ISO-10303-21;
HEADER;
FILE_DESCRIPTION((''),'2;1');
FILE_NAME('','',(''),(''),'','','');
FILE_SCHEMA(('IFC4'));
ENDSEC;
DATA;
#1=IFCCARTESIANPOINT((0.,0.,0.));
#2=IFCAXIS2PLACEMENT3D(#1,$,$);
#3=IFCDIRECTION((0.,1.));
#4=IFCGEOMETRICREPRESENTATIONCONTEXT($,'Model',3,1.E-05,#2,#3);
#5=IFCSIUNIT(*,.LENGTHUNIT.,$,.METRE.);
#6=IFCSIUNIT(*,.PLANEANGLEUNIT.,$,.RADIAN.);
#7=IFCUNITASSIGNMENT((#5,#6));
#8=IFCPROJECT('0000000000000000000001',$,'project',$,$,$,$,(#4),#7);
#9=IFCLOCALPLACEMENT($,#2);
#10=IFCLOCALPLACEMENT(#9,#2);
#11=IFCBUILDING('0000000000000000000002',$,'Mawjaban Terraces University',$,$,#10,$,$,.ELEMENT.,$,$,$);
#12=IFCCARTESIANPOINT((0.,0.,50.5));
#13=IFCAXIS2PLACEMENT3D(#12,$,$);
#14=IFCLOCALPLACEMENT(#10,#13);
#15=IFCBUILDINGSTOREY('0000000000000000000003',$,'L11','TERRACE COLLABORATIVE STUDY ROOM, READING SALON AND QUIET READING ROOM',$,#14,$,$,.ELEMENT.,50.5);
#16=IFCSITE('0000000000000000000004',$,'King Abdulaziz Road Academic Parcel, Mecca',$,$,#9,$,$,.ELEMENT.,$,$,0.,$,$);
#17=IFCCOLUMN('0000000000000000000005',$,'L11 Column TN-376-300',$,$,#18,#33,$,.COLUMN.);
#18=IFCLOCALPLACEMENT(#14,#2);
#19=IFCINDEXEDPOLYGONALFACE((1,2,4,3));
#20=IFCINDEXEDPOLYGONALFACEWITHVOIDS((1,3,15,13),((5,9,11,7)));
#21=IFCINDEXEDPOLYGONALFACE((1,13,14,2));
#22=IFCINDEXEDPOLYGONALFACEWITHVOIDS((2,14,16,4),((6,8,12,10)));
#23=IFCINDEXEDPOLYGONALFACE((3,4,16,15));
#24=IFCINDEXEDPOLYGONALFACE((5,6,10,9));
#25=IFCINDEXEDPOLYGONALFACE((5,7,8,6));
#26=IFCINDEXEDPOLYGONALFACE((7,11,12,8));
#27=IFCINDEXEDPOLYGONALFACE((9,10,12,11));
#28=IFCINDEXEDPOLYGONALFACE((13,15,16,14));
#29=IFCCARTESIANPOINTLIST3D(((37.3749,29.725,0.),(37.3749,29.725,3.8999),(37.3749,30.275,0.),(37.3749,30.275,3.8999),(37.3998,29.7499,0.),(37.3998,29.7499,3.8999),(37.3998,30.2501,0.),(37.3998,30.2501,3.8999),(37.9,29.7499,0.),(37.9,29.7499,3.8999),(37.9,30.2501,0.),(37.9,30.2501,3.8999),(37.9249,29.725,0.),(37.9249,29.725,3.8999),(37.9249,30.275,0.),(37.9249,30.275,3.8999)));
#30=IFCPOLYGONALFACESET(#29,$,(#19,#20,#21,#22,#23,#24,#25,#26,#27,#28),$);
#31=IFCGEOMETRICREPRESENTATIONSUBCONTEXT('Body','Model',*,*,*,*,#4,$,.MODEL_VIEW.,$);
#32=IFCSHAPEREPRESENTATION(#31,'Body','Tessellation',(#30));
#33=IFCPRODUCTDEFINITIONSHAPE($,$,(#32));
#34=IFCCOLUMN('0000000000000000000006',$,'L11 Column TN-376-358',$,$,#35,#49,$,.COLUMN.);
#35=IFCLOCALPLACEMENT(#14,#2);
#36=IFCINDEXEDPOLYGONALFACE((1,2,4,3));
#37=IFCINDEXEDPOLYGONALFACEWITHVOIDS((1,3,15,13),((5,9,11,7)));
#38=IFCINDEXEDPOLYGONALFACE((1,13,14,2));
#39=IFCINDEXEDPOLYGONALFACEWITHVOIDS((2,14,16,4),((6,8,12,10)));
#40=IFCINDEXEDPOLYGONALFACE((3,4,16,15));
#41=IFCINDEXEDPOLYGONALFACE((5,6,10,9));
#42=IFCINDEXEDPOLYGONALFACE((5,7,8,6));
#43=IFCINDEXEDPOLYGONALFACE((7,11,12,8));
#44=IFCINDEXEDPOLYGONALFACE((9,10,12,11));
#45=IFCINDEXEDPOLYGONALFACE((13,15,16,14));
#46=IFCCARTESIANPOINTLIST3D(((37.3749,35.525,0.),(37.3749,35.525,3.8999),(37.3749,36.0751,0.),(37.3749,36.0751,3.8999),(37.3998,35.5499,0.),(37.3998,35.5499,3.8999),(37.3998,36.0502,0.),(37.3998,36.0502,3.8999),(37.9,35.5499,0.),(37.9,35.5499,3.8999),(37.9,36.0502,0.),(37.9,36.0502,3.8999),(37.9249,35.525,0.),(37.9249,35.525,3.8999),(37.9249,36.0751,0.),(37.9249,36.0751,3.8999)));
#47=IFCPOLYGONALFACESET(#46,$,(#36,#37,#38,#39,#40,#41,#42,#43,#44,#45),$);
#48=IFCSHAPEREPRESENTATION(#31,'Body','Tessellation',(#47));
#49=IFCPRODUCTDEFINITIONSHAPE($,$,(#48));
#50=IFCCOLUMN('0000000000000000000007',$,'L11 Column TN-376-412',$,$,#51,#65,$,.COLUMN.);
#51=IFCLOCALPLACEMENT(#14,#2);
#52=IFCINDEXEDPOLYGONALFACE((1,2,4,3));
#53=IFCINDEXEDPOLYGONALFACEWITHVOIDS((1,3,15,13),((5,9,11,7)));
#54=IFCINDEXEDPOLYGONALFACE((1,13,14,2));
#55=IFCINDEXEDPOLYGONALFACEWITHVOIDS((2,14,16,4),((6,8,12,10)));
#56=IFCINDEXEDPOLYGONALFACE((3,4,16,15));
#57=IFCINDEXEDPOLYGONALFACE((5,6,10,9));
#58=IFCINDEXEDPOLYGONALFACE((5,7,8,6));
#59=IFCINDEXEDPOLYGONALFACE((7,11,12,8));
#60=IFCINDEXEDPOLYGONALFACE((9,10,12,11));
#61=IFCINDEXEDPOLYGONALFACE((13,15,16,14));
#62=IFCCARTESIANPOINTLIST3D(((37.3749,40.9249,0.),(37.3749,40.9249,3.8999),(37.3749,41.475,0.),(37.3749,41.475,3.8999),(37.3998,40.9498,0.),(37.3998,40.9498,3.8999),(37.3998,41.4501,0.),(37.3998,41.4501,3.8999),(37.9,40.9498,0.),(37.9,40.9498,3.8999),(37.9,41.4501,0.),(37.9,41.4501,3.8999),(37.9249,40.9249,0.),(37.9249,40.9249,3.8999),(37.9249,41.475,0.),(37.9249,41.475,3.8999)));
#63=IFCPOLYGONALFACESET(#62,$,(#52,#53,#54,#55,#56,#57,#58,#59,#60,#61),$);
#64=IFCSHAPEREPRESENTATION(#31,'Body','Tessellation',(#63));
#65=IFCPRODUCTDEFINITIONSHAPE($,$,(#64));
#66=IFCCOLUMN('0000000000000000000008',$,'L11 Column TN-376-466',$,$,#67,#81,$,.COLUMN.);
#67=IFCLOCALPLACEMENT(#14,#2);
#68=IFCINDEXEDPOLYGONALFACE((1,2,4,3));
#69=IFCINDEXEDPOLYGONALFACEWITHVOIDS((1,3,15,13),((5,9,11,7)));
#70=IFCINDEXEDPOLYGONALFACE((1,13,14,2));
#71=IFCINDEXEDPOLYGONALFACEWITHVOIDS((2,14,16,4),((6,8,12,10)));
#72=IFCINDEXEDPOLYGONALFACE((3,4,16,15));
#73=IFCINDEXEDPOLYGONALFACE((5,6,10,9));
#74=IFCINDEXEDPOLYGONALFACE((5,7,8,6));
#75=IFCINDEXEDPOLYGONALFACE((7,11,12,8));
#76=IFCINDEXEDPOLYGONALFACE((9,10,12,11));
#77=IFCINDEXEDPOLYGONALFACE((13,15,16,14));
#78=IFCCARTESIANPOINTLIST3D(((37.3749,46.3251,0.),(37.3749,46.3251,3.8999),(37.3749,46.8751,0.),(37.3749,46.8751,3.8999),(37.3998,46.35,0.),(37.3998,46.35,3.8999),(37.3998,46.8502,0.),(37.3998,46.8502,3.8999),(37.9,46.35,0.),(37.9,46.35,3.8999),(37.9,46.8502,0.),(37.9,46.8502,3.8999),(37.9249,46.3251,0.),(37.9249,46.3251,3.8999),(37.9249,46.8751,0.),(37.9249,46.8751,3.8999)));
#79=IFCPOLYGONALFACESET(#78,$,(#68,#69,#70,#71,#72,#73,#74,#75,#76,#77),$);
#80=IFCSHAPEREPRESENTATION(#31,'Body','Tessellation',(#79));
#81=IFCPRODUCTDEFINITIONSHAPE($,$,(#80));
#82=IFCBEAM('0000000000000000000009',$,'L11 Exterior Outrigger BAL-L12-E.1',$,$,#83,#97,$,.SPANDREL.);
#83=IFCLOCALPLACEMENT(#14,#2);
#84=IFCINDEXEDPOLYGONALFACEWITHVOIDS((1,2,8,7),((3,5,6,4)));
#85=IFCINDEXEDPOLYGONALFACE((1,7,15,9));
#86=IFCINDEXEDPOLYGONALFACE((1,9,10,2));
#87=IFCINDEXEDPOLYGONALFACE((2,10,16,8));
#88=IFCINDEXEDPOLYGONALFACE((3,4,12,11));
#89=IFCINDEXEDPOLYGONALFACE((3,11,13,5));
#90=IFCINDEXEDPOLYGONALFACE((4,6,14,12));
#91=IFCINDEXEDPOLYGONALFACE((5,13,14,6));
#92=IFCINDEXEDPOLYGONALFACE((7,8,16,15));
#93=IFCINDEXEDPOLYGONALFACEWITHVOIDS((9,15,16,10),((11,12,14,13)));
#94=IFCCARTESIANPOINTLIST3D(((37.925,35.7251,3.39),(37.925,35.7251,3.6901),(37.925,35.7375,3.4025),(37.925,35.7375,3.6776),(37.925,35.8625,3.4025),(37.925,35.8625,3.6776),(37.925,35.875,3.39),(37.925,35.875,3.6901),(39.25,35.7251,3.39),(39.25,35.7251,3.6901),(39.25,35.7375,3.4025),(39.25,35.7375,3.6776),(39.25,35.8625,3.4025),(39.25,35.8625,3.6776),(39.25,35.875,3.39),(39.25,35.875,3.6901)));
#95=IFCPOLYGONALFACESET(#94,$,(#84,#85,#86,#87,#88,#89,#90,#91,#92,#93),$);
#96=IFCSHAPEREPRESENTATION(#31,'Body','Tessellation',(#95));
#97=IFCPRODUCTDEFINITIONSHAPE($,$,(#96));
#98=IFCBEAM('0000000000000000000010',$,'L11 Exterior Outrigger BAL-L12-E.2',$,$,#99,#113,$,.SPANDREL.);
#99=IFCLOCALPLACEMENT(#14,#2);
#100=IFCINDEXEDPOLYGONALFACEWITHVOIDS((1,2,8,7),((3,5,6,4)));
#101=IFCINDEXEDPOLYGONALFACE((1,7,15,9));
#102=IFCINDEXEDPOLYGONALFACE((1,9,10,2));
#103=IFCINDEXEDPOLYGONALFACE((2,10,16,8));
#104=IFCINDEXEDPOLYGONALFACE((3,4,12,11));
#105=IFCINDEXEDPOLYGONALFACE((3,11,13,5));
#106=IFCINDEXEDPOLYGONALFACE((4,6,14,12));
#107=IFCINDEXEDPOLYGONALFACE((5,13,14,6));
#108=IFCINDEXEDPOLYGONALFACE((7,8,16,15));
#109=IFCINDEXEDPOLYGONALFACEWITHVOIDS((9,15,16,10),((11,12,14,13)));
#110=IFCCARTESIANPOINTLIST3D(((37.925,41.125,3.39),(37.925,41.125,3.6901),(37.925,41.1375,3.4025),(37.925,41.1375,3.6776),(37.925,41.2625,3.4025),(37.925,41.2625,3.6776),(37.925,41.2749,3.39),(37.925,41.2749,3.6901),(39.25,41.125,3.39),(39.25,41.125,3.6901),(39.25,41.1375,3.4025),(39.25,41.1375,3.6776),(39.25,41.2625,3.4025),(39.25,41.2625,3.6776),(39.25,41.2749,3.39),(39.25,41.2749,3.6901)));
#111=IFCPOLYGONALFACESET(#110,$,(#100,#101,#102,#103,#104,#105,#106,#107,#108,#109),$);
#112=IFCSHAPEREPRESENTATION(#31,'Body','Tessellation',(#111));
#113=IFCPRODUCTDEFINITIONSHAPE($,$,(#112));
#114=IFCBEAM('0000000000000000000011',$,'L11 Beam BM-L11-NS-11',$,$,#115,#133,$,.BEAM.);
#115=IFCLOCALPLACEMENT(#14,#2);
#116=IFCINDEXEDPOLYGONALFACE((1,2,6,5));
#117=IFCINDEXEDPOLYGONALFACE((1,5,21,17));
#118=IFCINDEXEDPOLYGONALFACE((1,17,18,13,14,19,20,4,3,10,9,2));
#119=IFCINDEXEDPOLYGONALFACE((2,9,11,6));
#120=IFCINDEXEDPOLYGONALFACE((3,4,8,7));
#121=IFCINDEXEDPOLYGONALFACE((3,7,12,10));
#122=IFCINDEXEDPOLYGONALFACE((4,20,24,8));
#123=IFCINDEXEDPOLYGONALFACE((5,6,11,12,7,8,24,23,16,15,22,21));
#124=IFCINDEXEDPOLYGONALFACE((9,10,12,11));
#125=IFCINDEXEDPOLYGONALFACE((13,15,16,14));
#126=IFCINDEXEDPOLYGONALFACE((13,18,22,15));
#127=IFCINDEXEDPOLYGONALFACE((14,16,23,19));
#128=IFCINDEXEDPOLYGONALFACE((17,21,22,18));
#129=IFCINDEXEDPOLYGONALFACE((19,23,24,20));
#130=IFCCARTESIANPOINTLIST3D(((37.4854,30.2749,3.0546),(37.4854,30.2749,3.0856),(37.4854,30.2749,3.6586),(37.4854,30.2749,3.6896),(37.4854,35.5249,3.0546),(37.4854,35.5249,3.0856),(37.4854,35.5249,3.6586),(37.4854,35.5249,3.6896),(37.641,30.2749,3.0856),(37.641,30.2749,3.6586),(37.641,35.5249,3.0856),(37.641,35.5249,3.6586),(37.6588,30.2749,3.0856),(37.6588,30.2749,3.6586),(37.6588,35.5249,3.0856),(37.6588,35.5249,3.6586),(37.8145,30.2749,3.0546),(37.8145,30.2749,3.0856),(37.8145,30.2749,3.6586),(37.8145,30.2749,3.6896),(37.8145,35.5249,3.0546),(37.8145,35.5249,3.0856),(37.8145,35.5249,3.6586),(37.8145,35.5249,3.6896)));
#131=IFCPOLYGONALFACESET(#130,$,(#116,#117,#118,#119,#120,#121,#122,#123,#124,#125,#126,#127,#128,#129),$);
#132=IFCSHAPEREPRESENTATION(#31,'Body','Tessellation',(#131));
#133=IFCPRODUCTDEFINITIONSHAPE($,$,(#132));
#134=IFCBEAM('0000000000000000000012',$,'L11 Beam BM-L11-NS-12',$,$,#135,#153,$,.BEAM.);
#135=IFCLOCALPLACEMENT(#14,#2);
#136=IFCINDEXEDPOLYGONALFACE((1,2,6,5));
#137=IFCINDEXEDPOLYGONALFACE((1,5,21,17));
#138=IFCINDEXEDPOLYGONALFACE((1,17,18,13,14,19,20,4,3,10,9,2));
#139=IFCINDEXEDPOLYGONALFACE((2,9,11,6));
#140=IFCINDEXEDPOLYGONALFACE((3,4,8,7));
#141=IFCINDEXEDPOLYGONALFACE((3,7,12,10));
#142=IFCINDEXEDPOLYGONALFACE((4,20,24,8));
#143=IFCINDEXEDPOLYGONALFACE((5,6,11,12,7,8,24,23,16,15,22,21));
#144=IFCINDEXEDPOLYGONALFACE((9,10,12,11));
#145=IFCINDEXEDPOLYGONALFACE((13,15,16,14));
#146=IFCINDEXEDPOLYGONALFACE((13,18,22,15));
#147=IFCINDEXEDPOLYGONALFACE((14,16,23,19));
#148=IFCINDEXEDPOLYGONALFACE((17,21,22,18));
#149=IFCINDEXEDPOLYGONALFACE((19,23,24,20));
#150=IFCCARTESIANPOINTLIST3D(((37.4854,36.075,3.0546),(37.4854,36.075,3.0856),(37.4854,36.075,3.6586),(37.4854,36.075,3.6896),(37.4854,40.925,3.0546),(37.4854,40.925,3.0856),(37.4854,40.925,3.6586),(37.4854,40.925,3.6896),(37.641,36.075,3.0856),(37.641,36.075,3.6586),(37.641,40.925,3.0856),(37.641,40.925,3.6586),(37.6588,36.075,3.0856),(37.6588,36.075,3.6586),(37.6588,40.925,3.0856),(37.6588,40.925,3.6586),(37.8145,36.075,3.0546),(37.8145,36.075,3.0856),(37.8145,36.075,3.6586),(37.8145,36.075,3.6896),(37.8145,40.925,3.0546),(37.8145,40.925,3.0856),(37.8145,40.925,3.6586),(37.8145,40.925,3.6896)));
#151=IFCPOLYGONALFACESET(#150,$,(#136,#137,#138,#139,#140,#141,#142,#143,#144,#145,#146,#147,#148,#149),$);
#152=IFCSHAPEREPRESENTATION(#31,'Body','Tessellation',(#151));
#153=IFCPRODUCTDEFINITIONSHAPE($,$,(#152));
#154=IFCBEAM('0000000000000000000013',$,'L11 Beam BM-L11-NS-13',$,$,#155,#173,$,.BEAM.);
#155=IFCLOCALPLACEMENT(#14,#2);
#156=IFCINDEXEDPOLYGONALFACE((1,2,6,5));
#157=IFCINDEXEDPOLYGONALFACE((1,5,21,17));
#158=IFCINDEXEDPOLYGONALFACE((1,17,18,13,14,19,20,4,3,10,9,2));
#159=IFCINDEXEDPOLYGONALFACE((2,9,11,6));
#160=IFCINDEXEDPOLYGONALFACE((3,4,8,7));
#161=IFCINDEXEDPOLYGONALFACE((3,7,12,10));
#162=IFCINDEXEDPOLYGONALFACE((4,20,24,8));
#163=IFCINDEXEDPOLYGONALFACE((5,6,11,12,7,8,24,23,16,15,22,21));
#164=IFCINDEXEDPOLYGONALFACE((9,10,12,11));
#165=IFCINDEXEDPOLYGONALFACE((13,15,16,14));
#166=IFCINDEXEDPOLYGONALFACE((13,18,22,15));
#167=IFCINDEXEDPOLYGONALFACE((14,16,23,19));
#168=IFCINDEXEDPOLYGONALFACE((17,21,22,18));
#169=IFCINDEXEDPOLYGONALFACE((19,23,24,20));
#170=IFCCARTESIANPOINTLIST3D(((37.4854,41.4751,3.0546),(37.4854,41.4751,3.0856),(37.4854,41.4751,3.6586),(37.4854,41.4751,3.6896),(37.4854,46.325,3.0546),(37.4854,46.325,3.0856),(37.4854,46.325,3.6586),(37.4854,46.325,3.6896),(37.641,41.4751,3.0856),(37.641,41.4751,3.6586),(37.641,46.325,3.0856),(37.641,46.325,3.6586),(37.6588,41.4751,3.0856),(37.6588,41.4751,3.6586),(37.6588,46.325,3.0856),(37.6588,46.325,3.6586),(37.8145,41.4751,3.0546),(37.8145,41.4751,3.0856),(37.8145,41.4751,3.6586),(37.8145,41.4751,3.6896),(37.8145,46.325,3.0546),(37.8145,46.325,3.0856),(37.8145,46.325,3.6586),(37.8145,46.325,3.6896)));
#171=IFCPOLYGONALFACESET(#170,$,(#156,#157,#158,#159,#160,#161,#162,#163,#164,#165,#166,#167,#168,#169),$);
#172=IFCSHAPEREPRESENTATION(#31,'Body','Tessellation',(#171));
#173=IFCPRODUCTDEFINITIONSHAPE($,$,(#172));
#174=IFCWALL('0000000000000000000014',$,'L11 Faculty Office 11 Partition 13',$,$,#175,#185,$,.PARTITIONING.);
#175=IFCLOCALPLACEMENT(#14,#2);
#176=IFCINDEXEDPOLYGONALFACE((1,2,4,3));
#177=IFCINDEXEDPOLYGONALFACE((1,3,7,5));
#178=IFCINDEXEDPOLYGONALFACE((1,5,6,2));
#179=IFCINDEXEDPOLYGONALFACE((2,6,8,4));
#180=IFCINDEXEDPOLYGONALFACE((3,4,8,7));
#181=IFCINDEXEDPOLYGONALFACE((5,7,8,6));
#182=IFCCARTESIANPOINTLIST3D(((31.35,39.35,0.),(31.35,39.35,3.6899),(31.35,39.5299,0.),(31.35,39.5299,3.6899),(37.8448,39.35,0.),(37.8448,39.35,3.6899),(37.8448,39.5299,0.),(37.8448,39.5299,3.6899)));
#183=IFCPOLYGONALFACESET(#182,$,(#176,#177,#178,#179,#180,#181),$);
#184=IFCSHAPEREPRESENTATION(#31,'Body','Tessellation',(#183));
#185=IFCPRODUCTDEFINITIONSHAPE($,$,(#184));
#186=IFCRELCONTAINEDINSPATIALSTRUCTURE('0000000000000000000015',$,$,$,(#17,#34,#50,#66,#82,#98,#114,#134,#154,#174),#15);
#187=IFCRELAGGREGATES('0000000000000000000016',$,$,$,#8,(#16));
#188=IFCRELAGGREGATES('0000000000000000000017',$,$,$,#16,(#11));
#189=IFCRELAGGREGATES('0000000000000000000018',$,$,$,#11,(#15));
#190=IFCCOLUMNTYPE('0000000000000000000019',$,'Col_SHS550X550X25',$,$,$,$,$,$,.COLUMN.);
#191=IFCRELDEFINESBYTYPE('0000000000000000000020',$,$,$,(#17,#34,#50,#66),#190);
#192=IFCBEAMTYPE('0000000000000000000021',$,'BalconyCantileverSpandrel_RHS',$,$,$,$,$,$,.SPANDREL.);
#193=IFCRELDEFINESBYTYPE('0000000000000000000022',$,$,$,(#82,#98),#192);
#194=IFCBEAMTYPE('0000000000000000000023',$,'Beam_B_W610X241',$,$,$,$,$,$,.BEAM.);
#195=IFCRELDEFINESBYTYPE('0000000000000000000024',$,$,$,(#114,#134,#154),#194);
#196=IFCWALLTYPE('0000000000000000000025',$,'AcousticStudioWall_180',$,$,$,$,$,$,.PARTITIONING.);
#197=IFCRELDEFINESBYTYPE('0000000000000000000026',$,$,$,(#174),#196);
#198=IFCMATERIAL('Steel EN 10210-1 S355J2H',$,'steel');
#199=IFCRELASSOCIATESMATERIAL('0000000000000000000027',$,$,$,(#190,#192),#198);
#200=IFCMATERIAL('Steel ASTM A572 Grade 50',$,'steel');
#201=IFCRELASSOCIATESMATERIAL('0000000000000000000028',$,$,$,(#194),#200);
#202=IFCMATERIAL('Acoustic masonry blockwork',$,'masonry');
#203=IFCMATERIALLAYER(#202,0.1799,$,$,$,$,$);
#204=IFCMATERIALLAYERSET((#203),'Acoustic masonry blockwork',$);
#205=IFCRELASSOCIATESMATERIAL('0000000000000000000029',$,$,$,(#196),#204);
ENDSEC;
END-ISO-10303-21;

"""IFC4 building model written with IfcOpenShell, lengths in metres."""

from ifc_helpers import new_model, si_unit, direction, frame, frame_2d, origin, origin_2d, place, context, subcontext, project, spatial, rectangle, hollow_rectangle, i_section, extrude, material, layer, layer_set, material_profile, profile_set, type_object, element, save


model = new_model("IFC4")

# Units and contexts
model_context = context("Model", 3, precision=1e-05, world=origin(), true_north=direction((0.0, 1.0)))
body_context = subcontext(model_context, "Body", "Model", "MODEL_VIEW")
ifc_project = project(units=[si_unit("LENGTHUNIT", "METRE"), si_unit("PLANEANGLEUNIT", "RADIAN")], contexts=[model_context])

# Site, building, storey
site_placement = place(None, origin())
site = spatial("IfcSite", under=ifc_project, at=site_placement, Name="King Abdulaziz Road Academic Parcel, Mecca", CompositionType="ELEMENT", RefElevation=0.0)
building_placement = place(site_placement, origin())
building = spatial("IfcBuilding", under=site, at=building_placement, Name="Mawjaban Terraces University", CompositionType="ELEMENT")
storey_placement = place(building_placement, frame((0.0, 0.0, 50.5)))
storey = spatial("IfcBuildingStorey", under=building, at=storey_placement, Name="L11", Description="TERRACE COLLABORATIVE STUDY ROOM, READING SALON AND QUIET READING ROOM", CompositionType="ELEMENT", Elevation=50.5)

# Columns
ifc_material_1 = material(Name="Steel EN 10210-1 S355J2H", Category="steel")
ifc_material_profile_1 = material_profile(ifc_material_1, hollow_rectangle(XDim=0.55, YDim=0.55, WallThickness=0.0249, at=origin_2d()), Name="SHS550X550X25")
ifc_profile_set_1 = profile_set([ifc_material_profile_1], Name="Steel EN 10210-1 S355J2H")
column_type = type_object("IfcColumnType", Name="Col_SHS550X550X25", PredefinedType="COLUMN", material=ifc_profile_set_1)
for number, where, z_axis, x_axis, name in (
    (1, (37.6499, 30.0, 0.0), (0.0, 0.0, 1.0), (1.0, 0.0, 0.0), "L11 Column TN-376-300"),
    (2, (37.6499, 35.8, 0.0), (0.0, 0.0, 1.0), (1.0, 0.0, 0.0), "L11 Column TN-376-358"),
    (3, (37.6499, 41.2, 0.0), (0.0, 0.0, 1.0), (1.0, 0.0, 0.0), "L11 Column TN-376-412"),
    (4, (37.6499, 46.6001, 0.0), (0.0, 0.0, 1.0), (1.0, 0.0, 0.0), "L11 Column TN-376-466"),
):
    element("IfcColumn", number, at=place(storey_placement, frame(where, z_axis=z_axis, x_axis=x_axis)), inside=storey, type_object=column_type, Name=name, PredefinedType="COLUMN", context=body_context, shape_type="SweptSolid", body=[
        extrude(hollow_rectangle(XDim=0.55, YDim=0.55, WallThickness=0.0249, at=origin_2d()), origin(), (0.0, 0.0, 1.0), 3.8999),
    ])

# Beams
ifc_material_profile_2 = material_profile(ifc_material_1, hollow_rectangle(XDim=0.1499, YDim=0.3, WallThickness=0.0125, at=origin_2d()), Name="RHS300X150X12.5")
ifc_profile_set_2 = profile_set([ifc_material_profile_2], Name="Steel EN 10210-1 S355J2H")
beam_type_1 = type_object("IfcBeamType", Name="BalconyCantileverSpandrel_RHS", PredefinedType="SPANDREL", material=ifc_profile_set_2)
for number, where, z_axis, x_axis, name in (
    (5, (37.925, 35.8, 3.54), (1.0, 0.0, 0.0), (0.0, 1.0, 0.0), "L11 Exterior Outrigger BAL-L12-E.1"),
    (6, (37.925, 41.2, 3.54), (1.0, 0.0, 0.0), (0.0, 1.0, 0.0), "L11 Exterior Outrigger BAL-L12-E.2"),
):
    element("IfcBeam", number, at=place(storey_placement, frame(where, z_axis=z_axis, x_axis=x_axis)), inside=storey, type_object=beam_type_1, Name=name, PredefinedType="SPANDREL", context=body_context, shape_type="SweptSolid", body=[
        extrude(hollow_rectangle(XDim=0.1499, YDim=0.3, WallThickness=0.0125, at=origin_2d()), origin(), (0.0, 0.0, 1.0), 1.325),
    ])
ifc_material_2 = material(Name="Steel ASTM A572 Grade 50", Category="steel")
ifc_material_profile_3 = material_profile(ifc_material_2, i_section(OverallWidth=0.3291, OverallDepth=0.635, WebThickness=0.0178, FlangeThickness=0.031, at=origin_2d()), Name="W610X241")
ifc_profile_set_3 = profile_set([ifc_material_profile_3], Name="Steel ASTM A572 Grade 50")
beam_type_2 = type_object("IfcBeamType", Name="Beam_B_W610X241", PredefinedType="BEAM", material=ifc_profile_set_3)
beam_1_placement = place(storey_placement, frame((37.6499, 30.2749, 3.3721), z_axis=(0.0, 1.0, 0.0), x_axis=(-1.0, 0.0, 0.0)))
element("IfcBeam", 7, at=beam_1_placement, inside=storey, type_object=beam_type_2, Name="L11 Beam BM-L11-NS-11", PredefinedType="BEAM", context=body_context, shape_type="SweptSolid", body=[
    extrude(i_section(OverallWidth=0.3291, OverallDepth=0.635, WebThickness=0.0178, FlangeThickness=0.031, at=origin_2d()), origin(), (0.0, 0.0, 1.0), 5.25),
])
beam_2_placement = place(storey_placement, frame((37.6499, 36.075, 3.3721), z_axis=(0.0, 1.0, 0.0), x_axis=(-1.0, 0.0, 0.0)))
element("IfcBeam", 8, at=beam_2_placement, inside=storey, type_object=beam_type_2, Name="L11 Beam BM-L11-NS-12", PredefinedType="BEAM", context=body_context, shape_type="SweptSolid", body=[
    extrude(i_section(OverallWidth=0.3291, OverallDepth=0.635, WebThickness=0.0178, FlangeThickness=0.031, at=origin_2d()), origin(), (0.0, 0.0, 1.0), 4.8501),
])
beam_3_placement = place(storey_placement, frame((37.6499, 41.4751, 3.3721), z_axis=(0.0, 1.0, 0.0), x_axis=(-1.0, 0.0, 0.0)))
element("IfcBeam", 9, at=beam_3_placement, inside=storey, type_object=beam_type_2, Name="L11 Beam BM-L11-NS-13", PredefinedType="BEAM", context=body_context, shape_type="SweptSolid", body=[
    extrude(i_section(OverallWidth=0.3291, OverallDepth=0.635, WebThickness=0.0178, FlangeThickness=0.031, at=origin_2d()), origin(), (0.0, 0.0, 1.0), 4.8499),
])

# Wall
ifc_material_3 = material(Name="Acoustic masonry blockwork", Category="masonry")
ifc_layer_1 = layer(ifc_material_3, 0.1799)
ifc_layer_set_1 = layer_set([ifc_layer_1], Name="Acoustic masonry blockwork")
wall_type_1 = type_object("IfcWallType", Name="AcousticStudioWall_180", PredefinedType="PARTITIONING", material=ifc_layer_set_1)
wall_1_placement = place(storey_placement, frame((37.845, 39.4399, 0.0), z_axis=(0.0, 0.0, 1.0), x_axis=(-1.0, 0.0, 0.0)))
element("IfcWall", 10, at=wall_1_placement, inside=storey, type_object=wall_type_1, Name="L11 Faculty Office 11 Partition 13", PredefinedType="PARTITIONING", context=body_context, shape_type="SweptSolid", body=[
    extrude(rectangle(XDim=6.4949, YDim=0.1799, at=frame_2d((3.2476, 0.0))), origin(), (0.0, 0.0, 1.0), 3.6899),
])

save(model, "model.ifc")
